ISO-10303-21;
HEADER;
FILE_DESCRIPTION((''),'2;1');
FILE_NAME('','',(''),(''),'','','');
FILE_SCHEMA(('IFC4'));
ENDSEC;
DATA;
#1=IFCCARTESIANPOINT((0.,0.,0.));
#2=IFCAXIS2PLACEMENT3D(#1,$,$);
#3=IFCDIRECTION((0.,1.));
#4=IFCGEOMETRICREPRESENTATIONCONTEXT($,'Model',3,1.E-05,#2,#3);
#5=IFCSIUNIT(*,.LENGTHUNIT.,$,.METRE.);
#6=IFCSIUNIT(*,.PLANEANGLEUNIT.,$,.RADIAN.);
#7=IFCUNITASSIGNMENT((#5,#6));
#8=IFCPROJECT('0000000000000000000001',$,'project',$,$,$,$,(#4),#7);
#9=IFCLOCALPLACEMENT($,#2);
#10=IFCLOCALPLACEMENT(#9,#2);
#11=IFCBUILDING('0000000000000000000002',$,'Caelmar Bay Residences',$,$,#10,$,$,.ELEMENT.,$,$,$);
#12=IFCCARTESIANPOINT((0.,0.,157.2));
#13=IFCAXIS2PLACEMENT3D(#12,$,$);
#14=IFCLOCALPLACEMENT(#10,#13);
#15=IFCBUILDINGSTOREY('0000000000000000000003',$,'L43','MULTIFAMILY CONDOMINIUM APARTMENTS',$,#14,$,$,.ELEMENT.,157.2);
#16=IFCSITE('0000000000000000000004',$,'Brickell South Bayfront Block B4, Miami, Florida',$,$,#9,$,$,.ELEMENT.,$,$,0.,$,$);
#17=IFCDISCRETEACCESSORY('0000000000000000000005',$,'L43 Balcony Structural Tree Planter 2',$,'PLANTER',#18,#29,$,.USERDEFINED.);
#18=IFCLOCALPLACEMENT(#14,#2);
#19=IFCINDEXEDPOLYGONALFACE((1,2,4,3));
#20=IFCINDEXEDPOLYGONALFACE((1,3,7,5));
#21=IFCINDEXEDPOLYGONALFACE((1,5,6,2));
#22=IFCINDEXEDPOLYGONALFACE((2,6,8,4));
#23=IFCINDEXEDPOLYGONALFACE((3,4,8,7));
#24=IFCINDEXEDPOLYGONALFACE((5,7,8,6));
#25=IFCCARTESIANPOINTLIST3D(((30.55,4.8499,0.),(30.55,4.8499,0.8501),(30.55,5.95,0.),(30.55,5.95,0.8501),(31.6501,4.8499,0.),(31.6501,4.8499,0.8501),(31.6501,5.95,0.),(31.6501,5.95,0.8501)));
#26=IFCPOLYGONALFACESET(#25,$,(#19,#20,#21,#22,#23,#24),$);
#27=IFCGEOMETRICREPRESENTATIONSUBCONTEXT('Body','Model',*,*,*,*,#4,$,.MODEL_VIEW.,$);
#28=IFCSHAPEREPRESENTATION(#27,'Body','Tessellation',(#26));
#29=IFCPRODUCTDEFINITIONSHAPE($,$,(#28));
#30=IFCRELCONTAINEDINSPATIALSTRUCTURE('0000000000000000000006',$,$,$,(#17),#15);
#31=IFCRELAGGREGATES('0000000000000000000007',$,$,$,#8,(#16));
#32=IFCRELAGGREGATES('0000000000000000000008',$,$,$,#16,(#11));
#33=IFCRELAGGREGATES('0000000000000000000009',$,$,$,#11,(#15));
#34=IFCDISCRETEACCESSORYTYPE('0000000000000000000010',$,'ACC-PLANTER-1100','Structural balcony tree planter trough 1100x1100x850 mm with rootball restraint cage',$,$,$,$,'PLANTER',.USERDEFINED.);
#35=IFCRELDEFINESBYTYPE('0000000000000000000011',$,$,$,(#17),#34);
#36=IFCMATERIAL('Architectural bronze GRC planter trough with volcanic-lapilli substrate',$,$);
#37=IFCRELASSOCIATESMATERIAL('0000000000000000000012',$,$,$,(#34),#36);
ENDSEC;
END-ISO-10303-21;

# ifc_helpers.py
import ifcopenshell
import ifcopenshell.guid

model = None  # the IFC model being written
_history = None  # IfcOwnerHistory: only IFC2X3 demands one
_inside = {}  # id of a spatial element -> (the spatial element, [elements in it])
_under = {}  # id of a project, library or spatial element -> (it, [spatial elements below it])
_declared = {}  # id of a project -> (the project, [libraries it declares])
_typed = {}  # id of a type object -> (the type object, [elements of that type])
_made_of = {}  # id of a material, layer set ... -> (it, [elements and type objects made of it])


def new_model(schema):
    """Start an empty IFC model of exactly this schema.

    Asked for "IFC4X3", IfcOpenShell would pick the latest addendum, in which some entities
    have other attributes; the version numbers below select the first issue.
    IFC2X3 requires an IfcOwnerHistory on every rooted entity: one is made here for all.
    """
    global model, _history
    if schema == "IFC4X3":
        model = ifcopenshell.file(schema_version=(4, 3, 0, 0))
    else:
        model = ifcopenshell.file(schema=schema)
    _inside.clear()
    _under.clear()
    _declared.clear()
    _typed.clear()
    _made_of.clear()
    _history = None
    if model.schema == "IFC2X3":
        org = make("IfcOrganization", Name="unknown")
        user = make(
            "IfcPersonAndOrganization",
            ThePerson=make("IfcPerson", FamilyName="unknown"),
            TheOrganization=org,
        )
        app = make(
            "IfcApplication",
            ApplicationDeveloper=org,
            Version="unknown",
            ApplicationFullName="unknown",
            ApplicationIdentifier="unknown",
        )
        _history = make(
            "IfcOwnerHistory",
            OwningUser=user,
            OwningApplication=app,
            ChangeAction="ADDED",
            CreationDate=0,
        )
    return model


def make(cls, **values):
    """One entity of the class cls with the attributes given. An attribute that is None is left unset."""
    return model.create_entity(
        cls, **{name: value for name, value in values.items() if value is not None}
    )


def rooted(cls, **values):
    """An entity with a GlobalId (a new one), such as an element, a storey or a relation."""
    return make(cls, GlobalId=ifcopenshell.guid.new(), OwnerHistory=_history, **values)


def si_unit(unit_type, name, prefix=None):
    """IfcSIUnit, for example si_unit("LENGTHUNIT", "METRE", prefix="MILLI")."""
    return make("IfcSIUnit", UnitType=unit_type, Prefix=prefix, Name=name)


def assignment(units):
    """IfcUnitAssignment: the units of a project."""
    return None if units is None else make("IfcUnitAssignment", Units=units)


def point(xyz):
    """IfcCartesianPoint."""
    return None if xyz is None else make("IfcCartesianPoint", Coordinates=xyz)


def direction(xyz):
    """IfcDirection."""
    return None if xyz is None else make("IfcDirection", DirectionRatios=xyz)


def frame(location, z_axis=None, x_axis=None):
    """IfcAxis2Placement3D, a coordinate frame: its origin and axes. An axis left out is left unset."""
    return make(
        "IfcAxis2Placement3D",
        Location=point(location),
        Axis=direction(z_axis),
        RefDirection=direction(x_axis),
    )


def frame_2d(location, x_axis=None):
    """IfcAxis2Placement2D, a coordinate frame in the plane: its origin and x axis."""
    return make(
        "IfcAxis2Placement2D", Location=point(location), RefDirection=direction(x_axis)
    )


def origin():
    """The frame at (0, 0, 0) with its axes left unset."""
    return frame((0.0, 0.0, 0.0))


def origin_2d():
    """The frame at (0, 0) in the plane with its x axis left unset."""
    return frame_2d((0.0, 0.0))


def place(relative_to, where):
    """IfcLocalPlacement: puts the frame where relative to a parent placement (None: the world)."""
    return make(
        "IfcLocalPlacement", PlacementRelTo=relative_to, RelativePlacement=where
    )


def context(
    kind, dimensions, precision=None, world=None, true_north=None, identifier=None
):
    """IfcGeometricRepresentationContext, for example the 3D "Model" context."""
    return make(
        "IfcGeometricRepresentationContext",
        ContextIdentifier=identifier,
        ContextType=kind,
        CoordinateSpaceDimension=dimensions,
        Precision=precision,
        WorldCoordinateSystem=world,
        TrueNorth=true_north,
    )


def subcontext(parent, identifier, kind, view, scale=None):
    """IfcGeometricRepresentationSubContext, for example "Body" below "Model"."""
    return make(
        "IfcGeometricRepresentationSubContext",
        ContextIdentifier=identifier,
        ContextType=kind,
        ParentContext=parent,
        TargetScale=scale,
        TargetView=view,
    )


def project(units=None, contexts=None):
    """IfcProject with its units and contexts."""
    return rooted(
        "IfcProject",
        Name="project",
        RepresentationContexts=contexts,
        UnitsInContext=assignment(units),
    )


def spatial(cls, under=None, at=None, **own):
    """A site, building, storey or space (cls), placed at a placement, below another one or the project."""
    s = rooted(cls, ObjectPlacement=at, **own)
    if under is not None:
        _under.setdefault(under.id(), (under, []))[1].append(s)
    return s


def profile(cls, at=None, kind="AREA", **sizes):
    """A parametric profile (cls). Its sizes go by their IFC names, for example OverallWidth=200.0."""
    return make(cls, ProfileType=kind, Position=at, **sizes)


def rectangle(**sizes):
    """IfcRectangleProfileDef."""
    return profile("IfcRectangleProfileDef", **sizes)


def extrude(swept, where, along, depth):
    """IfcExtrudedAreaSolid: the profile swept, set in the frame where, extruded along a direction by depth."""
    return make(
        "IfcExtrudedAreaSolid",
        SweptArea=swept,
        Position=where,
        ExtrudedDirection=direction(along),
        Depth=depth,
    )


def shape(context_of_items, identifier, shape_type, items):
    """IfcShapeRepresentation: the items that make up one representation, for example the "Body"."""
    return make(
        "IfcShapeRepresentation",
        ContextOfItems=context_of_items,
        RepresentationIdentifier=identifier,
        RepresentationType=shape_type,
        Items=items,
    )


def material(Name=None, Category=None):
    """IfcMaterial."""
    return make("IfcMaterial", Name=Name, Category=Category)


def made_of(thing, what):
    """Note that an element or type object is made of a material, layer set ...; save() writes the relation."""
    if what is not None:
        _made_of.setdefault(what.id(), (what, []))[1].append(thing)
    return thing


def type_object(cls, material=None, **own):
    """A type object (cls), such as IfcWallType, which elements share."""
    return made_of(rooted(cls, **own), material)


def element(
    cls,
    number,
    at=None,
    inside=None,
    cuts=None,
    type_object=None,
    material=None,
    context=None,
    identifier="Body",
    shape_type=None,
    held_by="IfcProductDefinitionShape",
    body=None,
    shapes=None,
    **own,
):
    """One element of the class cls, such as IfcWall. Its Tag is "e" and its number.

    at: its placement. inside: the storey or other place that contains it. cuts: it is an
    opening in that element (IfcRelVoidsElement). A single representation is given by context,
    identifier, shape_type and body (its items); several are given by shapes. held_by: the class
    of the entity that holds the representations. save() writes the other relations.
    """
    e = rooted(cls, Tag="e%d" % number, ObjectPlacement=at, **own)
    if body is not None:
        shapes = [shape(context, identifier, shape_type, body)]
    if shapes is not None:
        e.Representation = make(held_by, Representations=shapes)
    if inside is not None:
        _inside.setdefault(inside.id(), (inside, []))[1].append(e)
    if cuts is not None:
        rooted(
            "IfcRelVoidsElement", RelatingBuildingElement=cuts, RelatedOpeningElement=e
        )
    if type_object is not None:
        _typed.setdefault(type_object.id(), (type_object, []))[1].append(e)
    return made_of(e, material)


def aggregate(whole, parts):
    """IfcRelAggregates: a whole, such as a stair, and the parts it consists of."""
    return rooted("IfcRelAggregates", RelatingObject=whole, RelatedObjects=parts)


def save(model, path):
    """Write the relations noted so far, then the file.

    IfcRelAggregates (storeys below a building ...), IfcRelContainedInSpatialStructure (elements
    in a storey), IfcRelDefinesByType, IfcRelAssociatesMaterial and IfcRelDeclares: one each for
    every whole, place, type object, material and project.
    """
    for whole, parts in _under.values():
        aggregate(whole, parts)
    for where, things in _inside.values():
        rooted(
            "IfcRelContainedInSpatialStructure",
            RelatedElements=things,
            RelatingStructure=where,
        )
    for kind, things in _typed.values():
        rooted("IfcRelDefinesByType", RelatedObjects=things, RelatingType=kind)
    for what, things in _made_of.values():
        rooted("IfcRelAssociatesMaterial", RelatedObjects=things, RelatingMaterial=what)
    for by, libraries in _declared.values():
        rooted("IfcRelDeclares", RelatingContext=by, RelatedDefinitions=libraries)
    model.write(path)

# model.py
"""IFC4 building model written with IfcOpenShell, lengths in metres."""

from ifc_helpers import new_model, si_unit, direction, frame, origin, origin_2d, place, context, subcontext, project, spatial, rectangle, extrude, material, type_object, element, save


model = new_model("IFC4")

# Units and contexts
model_context = context("Model", 3, precision=1e-05, world=origin(), true_north=direction((0.0, 1.0)))
body_context = subcontext(model_context, "Body", "Model", "MODEL_VIEW")
ifc_project = project(units=[si_unit("LENGTHUNIT", "METRE"), si_unit("PLANEANGLEUNIT", "RADIAN")], contexts=[model_context])

# Site, building, storey
site_placement = place(None, origin())
site = spatial("IfcSite", under=ifc_project, at=site_placement, Name="Brickell South Bayfront Block B4, Miami, Florida", CompositionType="ELEMENT", RefElevation=0.0)
building_placement = place(site_placement, origin())
building = spatial("IfcBuilding", under=site, at=building_placement, Name="Caelmar Bay Residences", CompositionType="ELEMENT")
storey_placement = place(building_placement, frame((0.0, 0.0, 157.2)))
storey = spatial("IfcBuildingStorey", under=building, at=storey_placement, Name="L43", Description="MULTIFAMILY CONDOMINIUM APARTMENTS", CompositionType="ELEMENT", Elevation=157.2)

# Discrete accessory
ifc_material_1 = material(Name="Architectural bronze GRC planter trough with volcanic-lapilli substrate")
discrete_accessory_type = type_object("IfcDiscreteAccessoryType", Name="ACC-PLANTER-1100", Description="Structural balcony tree planter trough 1100x1100x850 mm with rootball restraint cage", ElementType="PLANTER", PredefinedType="USERDEFINED", material=ifc_material_1)
discrete_accessory_placement = place(storey_placement, frame((31.1001, 5.3999, 0.0), z_axis=(0.0, 0.0, 1.0), x_axis=(1.0, 0.0, 0.0)))
element("IfcDiscreteAccessory", 1, at=discrete_accessory_placement, inside=storey, type_object=discrete_accessory_type, Name="L43 Balcony Structural Tree Planter 2", ObjectType="PLANTER", PredefinedType="USERDEFINED", context=body_context, shape_type="SweptSolid", body=[
    extrude(rectangle(XDim=1.1001, YDim=1.1001, at=origin_2d()), origin(), (0.0, 0.0, 1.0), 0.8501),
])

save(model, "model.ifc")
